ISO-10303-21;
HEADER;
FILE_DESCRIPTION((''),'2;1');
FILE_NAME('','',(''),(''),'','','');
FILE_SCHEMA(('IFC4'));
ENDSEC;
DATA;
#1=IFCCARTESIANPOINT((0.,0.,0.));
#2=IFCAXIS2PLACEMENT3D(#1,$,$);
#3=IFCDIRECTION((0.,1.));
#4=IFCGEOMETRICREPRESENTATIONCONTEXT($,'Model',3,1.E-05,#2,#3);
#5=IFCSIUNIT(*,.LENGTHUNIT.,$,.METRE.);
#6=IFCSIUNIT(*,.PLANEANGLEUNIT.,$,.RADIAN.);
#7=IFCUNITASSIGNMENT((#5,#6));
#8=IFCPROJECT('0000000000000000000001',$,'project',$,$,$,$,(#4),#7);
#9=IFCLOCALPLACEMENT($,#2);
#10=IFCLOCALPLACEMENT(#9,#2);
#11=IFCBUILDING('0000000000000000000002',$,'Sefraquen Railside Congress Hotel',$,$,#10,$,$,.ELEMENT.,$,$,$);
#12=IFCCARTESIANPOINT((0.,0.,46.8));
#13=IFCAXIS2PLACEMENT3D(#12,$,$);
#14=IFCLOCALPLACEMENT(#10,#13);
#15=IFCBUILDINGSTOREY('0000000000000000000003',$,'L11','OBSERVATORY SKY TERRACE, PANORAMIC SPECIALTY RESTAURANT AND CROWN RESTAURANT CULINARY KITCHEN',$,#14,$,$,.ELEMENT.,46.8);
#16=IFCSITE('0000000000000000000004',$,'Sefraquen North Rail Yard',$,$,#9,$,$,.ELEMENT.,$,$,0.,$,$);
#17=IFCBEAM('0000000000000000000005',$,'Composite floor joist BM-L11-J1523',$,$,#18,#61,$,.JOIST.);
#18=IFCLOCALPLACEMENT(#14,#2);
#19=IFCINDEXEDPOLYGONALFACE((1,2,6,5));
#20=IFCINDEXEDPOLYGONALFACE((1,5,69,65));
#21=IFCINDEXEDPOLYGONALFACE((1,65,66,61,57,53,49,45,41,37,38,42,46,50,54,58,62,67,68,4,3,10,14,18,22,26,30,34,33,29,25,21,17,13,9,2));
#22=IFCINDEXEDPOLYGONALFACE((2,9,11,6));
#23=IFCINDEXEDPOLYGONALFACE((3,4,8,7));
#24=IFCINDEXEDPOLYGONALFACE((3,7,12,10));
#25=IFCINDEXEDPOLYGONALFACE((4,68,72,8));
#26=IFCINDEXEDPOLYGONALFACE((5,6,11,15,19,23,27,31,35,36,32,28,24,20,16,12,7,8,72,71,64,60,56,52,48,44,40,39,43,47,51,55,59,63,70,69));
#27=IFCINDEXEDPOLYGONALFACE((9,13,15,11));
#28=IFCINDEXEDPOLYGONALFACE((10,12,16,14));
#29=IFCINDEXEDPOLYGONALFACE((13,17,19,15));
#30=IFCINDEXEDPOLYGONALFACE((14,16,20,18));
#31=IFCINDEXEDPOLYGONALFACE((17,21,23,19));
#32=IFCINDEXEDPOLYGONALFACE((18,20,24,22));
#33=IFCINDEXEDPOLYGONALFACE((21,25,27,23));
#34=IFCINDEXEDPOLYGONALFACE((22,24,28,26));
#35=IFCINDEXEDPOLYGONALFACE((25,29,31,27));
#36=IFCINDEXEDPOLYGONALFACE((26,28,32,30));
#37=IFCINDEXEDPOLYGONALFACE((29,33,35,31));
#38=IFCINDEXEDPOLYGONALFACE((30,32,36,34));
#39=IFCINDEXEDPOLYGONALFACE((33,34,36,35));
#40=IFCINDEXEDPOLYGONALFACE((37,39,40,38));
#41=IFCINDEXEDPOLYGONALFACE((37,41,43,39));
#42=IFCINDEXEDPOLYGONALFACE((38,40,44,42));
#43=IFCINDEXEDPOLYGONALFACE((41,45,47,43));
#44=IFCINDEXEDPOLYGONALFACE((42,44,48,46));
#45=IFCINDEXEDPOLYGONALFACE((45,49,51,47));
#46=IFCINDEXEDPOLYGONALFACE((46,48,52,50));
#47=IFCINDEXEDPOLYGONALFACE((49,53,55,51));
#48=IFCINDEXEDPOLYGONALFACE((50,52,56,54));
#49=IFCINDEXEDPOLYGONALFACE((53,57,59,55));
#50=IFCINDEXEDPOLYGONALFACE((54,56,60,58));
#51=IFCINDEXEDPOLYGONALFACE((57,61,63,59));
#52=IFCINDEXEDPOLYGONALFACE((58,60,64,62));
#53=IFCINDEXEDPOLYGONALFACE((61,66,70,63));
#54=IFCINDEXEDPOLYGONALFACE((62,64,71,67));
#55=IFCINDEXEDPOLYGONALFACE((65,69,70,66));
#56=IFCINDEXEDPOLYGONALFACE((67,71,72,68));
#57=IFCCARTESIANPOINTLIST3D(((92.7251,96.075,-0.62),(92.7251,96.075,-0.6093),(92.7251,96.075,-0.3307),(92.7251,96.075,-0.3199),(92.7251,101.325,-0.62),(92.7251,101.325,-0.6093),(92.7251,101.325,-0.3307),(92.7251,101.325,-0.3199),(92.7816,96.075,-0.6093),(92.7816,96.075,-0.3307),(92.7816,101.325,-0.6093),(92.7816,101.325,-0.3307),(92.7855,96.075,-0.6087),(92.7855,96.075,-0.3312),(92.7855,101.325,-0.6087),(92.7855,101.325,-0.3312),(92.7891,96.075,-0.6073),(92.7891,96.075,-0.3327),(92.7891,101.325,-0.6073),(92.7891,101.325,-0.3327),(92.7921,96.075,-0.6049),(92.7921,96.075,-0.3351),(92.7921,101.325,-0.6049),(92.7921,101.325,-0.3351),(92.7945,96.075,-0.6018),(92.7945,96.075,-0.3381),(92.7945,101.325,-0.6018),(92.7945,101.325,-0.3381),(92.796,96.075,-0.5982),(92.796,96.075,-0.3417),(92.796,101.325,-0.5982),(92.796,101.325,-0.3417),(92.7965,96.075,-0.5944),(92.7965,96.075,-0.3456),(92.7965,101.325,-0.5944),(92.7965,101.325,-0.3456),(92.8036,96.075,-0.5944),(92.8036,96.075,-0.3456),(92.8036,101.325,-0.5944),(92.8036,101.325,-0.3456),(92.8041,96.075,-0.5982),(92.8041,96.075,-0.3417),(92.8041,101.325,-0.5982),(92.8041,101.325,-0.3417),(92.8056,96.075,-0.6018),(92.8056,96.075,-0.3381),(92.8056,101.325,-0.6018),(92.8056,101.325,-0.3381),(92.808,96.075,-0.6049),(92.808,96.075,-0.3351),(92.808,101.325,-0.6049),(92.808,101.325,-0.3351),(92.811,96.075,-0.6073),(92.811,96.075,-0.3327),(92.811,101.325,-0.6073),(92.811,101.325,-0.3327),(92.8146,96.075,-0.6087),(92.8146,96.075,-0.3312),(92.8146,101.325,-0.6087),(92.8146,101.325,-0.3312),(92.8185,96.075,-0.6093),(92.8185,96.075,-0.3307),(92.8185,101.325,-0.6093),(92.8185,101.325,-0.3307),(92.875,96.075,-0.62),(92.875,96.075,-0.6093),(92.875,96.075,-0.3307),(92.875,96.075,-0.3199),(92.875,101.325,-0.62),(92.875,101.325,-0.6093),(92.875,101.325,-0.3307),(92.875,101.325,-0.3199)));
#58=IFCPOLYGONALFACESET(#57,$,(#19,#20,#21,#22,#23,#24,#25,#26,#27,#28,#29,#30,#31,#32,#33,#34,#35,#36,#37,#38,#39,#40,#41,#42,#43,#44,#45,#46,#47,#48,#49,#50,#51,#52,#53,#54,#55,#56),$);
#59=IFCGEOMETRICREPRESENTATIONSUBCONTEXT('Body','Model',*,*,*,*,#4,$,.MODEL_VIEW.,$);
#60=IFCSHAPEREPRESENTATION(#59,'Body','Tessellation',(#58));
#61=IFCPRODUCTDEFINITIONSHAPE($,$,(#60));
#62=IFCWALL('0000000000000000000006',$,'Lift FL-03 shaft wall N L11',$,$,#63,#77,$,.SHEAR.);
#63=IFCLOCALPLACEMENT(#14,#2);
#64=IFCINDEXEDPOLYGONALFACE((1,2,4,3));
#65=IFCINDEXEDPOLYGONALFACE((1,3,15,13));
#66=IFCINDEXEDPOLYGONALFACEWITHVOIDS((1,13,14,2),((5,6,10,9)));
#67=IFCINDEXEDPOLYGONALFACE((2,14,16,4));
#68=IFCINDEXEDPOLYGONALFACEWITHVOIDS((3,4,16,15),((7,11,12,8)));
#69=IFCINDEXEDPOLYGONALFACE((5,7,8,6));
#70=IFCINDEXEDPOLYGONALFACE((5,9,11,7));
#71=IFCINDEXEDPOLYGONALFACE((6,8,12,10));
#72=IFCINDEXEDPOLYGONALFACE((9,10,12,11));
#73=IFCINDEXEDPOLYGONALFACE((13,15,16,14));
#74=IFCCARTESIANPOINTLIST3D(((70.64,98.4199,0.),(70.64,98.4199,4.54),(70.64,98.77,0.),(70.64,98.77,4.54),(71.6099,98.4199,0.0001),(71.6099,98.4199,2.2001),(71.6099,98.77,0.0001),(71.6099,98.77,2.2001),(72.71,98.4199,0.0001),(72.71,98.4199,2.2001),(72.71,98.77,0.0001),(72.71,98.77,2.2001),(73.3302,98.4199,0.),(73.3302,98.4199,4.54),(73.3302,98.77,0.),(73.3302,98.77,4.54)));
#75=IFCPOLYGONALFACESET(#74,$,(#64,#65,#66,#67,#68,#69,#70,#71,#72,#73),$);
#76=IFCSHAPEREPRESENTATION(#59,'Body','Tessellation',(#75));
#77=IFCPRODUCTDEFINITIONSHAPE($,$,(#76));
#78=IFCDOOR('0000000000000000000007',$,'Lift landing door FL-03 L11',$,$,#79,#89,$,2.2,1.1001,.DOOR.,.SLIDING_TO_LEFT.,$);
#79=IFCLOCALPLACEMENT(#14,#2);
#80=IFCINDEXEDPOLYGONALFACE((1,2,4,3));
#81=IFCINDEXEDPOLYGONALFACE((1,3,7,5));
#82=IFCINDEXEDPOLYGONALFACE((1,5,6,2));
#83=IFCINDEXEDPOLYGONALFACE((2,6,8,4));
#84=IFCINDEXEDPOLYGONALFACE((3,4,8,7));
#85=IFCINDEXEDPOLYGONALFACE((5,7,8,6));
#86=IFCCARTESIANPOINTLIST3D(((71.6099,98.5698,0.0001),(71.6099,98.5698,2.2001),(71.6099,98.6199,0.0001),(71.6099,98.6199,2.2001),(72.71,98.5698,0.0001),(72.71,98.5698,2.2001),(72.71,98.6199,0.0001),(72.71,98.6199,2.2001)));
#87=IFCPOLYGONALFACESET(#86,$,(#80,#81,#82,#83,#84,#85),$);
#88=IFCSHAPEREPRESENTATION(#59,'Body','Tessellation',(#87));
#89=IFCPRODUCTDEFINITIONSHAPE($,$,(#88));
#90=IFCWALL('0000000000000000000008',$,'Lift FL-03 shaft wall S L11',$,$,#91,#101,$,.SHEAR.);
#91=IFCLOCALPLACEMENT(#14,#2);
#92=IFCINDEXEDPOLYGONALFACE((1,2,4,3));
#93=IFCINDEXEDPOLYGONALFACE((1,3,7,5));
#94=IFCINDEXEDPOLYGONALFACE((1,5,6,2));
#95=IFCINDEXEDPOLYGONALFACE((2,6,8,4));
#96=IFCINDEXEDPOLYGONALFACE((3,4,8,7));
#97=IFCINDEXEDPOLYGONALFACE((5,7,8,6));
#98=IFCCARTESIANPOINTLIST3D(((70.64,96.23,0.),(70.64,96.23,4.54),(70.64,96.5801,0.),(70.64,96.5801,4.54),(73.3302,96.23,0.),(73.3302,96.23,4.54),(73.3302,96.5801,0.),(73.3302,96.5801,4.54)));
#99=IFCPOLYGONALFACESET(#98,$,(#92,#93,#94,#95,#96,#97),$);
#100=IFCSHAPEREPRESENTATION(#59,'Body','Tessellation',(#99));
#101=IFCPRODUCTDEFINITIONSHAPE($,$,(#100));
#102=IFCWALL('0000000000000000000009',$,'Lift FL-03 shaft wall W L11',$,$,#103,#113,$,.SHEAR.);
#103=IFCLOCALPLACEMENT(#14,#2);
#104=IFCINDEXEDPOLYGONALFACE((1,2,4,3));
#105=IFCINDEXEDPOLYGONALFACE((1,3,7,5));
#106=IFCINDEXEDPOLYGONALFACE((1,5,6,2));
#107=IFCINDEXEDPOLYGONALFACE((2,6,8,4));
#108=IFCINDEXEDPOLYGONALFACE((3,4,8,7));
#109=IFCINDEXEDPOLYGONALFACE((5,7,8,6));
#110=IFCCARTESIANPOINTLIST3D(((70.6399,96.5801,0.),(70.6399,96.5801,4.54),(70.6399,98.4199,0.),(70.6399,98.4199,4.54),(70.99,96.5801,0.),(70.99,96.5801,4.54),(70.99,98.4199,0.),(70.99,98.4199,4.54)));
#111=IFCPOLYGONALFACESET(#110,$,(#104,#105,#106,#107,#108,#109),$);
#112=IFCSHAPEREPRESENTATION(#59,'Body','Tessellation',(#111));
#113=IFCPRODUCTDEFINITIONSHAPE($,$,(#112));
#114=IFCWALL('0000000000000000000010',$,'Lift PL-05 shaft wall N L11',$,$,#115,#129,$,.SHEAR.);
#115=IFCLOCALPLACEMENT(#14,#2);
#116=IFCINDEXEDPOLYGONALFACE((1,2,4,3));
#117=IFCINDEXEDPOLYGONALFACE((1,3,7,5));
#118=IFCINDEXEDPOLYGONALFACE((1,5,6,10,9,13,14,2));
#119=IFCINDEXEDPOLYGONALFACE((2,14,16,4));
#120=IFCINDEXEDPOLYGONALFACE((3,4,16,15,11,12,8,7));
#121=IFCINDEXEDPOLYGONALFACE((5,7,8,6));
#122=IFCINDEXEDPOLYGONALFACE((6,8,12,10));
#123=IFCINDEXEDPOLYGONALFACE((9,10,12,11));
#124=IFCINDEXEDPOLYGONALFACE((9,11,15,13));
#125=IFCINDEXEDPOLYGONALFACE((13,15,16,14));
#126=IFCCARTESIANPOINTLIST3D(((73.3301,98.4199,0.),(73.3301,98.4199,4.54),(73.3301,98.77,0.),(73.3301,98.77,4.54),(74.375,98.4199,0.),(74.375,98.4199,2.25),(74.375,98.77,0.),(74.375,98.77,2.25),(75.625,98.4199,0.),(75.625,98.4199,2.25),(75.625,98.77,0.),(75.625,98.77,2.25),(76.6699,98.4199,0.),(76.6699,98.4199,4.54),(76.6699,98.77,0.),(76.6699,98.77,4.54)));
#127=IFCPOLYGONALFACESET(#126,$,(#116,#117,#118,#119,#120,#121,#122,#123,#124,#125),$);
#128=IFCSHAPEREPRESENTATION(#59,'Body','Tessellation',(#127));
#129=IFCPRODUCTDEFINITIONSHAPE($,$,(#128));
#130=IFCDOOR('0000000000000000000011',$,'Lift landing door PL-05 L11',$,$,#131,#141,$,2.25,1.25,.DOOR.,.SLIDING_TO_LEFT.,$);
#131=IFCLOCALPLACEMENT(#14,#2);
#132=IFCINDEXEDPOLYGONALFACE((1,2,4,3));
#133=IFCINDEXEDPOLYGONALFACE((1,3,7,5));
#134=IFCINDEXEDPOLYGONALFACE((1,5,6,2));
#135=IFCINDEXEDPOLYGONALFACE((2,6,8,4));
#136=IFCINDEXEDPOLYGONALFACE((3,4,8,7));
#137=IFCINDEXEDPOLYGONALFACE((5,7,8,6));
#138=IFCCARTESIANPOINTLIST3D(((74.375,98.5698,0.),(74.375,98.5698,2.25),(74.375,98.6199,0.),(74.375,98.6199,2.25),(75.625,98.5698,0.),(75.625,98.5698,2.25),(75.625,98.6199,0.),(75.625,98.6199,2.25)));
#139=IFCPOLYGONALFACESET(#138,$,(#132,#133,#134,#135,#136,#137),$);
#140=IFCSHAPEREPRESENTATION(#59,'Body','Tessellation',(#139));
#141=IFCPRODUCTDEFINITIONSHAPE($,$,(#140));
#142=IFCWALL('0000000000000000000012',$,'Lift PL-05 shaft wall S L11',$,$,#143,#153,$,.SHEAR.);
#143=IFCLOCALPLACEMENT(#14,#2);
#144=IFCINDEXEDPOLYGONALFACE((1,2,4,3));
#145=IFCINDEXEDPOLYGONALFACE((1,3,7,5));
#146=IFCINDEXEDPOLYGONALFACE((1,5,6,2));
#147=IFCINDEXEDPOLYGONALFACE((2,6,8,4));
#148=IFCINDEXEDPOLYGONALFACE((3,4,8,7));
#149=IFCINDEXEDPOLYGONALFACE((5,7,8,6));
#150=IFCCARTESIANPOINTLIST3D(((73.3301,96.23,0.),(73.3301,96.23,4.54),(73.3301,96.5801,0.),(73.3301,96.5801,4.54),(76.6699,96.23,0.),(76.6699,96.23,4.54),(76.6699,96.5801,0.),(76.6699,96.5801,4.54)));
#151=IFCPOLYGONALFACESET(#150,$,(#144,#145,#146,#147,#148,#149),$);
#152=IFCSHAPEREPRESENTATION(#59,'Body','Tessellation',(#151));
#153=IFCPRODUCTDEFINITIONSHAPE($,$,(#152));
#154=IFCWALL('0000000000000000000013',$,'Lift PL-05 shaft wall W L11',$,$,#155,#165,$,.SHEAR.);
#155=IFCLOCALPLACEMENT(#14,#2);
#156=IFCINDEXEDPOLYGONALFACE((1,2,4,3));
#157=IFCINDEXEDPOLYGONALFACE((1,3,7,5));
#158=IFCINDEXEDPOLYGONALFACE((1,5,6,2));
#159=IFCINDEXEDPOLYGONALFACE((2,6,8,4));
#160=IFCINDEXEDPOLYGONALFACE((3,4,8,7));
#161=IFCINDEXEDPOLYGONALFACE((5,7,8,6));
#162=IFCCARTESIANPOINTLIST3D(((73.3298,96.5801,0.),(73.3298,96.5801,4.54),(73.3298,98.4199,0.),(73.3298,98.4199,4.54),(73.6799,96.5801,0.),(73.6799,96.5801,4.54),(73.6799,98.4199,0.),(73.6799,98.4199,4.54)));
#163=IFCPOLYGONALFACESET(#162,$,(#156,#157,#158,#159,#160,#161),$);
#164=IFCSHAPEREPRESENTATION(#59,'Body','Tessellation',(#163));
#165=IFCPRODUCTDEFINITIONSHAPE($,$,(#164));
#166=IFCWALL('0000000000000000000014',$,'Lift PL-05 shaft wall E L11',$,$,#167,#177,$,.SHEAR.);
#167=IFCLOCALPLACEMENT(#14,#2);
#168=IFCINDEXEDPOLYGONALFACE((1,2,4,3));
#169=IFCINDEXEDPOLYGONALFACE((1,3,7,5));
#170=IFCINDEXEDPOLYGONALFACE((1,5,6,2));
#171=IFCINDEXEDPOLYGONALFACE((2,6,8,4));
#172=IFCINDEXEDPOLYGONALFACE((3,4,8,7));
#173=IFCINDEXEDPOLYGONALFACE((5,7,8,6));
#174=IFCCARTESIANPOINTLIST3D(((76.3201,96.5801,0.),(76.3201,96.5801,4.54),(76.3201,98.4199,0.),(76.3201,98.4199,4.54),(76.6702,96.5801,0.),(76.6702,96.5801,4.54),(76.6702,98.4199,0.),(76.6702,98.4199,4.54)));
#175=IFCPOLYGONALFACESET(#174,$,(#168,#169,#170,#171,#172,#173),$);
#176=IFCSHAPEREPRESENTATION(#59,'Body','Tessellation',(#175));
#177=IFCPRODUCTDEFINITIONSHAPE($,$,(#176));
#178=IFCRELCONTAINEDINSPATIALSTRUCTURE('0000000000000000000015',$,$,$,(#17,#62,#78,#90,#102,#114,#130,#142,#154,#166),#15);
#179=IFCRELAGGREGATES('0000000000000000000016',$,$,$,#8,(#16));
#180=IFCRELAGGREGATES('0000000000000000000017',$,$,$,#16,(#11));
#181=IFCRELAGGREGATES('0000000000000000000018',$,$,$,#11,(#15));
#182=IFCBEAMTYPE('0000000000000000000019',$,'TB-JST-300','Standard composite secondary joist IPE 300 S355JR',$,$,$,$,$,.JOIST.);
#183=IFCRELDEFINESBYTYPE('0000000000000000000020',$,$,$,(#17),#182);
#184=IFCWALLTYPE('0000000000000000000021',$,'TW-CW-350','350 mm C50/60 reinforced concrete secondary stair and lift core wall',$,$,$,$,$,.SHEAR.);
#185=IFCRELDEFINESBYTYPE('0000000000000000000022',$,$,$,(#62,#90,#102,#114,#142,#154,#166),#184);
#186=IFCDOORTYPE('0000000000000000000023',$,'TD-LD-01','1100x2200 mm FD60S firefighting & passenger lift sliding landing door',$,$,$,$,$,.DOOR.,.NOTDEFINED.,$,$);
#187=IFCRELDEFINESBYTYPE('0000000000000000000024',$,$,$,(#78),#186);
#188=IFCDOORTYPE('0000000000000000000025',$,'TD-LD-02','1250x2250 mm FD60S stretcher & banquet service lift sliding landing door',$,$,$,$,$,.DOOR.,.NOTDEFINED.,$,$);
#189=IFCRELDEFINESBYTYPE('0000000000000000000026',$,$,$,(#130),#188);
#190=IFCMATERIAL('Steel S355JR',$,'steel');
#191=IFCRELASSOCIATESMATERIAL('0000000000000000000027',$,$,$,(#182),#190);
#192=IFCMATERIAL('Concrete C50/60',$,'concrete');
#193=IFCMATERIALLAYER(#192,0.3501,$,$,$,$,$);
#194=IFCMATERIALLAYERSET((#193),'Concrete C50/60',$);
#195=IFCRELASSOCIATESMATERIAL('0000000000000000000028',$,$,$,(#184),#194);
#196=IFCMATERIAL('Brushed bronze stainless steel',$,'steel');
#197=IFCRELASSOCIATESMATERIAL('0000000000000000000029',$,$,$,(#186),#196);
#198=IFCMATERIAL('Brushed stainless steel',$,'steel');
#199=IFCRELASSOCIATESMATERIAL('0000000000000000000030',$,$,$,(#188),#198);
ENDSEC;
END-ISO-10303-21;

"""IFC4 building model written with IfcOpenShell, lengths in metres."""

from ifc_helpers import new_model, si_unit, direction, frame, frame_2d, origin, origin_2d, place, context, subcontext, project, spatial, rectangle, i_section, extrude, material, layer, layer_set, material_profile, profile_set, type_object, element, fill, save


model = new_model("IFC4")

# Units and contexts
model_context = context("Model", 3, precision=1e-05, world=origin(), true_north=direction((0.0, 1.0)))
body_context = subcontext(model_context, "Body", "Model", "MODEL_VIEW")
ifc_project = project(units=[si_unit("LENGTHUNIT", "METRE"), si_unit("PLANEANGLEUNIT", "RADIAN")], contexts=[model_context])

# Site, building, storey
site_placement = place(None, origin())
site = spatial("IfcSite", under=ifc_project, at=site_placement, Name="Sefraquen North Rail Yard", CompositionType="ELEMENT", RefElevation=0.0)
building_placement = place(site_placement, origin())
building = spatial("IfcBuilding", under=site, at=building_placement, Name="Sefraquen Railside Congress Hotel", CompositionType="ELEMENT")
storey_placement = place(building_placement, frame((0.0, 0.0, 46.8)))
storey = spatial("IfcBuildingStorey", under=building, at=storey_placement, Name="L11", Description="OBSERVATORY SKY TERRACE, PANORAMIC SPECIALTY RESTAURANT AND CROWN RESTAURANT CULINARY KITCHEN", CompositionType="ELEMENT", Elevation=46.8)

# Shared definitions
ifc_material_1 = material(Name="Steel S355JR", Category="steel")

# Beam
ifc_material_profile_1 = material_profile(ifc_material_1, i_section(OverallWidth=0.1499, OverallDepth=0.3, WebThickness=0.0071, FlangeThickness=0.0107, FilletRadius=0.0149, at=origin_2d()), Name="IPE 300")
ifc_profile_set_1 = profile_set([ifc_material_profile_1], Name="Steel S355JR")
beam_type_1 = type_object("IfcBeamType", Name="TB-JST-300", Description="Standard composite secondary joist IPE 300 S355JR", PredefinedType="JOIST", material=ifc_profile_set_1)
for number, where, z_axis, x_axis, name in (
    (1, (92.8, 96.075, -0.47), (0.0, 1.0, 0.0), (-1.0, 0.0, 0.0), "Composite floor joist BM-L11-J1523"),
):
    element("IfcBeam", number, at=place(storey_placement, frame(where, z_axis=z_axis, x_axis=x_axis)), inside=storey, type_object=beam_type_1, Name=name, PredefinedType="JOIST", context=body_context, shape_type="SweptSolid", body=[
        extrude(i_section(OverallWidth=0.1499, OverallDepth=0.3, WebThickness=0.0071, FlangeThickness=0.0107, FilletRadius=0.0149, at=origin_2d()), origin(), (0.0, 0.0, 1.0), 5.25),
    ])

# Wall, opening, door
ifc_material_2 = material(Name="Concrete C50/60", Category="concrete")
ifc_layer_1 = layer(ifc_material_2, 0.3501)
ifc_layer_set_1 = layer_set([ifc_layer_1], Name="Concrete C50/60")
wall_type_1 = type_object("IfcWallType", Name="TW-CW-350", Description="350 mm C50/60 reinforced concrete secondary stair and lift core wall", PredefinedType="SHEAR", material=ifc_layer_set_1)
wall_1_placement = place(storey_placement, frame((70.6399, 98.595, 0.0), z_axis=(0.0, 0.0, 1.0), x_axis=(1.0, 0.0, 0.0)))
wall_1 = element("IfcWall", 2, at=wall_1_placement, inside=storey, type_object=wall_type_1, Name="Lift FL-03 shaft wall N L11", PredefinedType="SHEAR", context=body_context, shape_type="SweptSolid", body=[
    extrude(rectangle(XDim=2.6902, YDim=0.3501, at=frame_2d((1.3452, 0.0))), origin(), (0.0, 0.0, 1.0), 4.54),
])
opening_1_placement = place(wall_1_placement, frame((0.97, 0.0, 0.0)))
opening_1 = element("IfcOpeningElement", 3, at=opening_1_placement, cuts=wall_1, PredefinedType="OPENING", context=body_context, shape_type="SweptSolid", body=[
    extrude(rectangle(XDim=1.1001, YDim=2.2, at=frame_2d((0.55, 1.1001))), frame((0.0, 0.1851, 0.0), z_axis=(0.0, -1.0, 0.0), x_axis=(1.0, 0.0, 0.0)), (0.0, 0.0, 1.0), 0.3701),
])
ifc_material_3 = material(Name="Brushed bronze stainless steel", Category="steel")
door_type_1 = type_object("IfcDoorType", Name="TD-LD-01", Description="1100x2200 mm FD60S firefighting & passenger lift sliding landing door", OperationType="NOTDEFINED", PredefinedType="DOOR", material=ifc_material_3)
door_1_placement = place(opening_1_placement, origin())
door_1 = element("IfcDoor", 4, at=door_1_placement, inside=storey, type_object=door_type_1, Name="Lift landing door FL-03 L11", OperationType="SLIDING_TO_LEFT", OverallHeight=2.2, OverallWidth=1.1001, PredefinedType="DOOR", context=body_context, shape_type="SweptSolid", body=[
    extrude(rectangle(XDim=1.1001, YDim=2.2, at=frame_2d((0.55, 1.1001))), frame((0.0, 0.0249, 0.0), z_axis=(0.0, -1.0, 0.0), x_axis=(1.0, 0.0, 0.0)), (0.0, 0.0, 1.0), 0.05),
])
fill(opening_1, door_1)

# Walls
wall_2_placement = place(storey_placement, frame((70.6399, 96.405, 0.0), z_axis=(0.0, 0.0, 1.0), x_axis=(1.0, 0.0, 0.0)))
element("IfcWall", 5, at=wall_2_placement, inside=storey, type_object=wall_type_1, Name="Lift FL-03 shaft wall S L11", PredefinedType="SHEAR", context=body_context, shape_type="SweptSolid", body=[
    extrude(rectangle(XDim=2.6902, YDim=0.3501, at=frame_2d((1.3452, 0.0))), origin(), (0.0, 0.0, 1.0), 4.54),
])
wall_3_placement = place(storey_placement, frame((70.8149, 96.5801, 0.0), z_axis=(0.0, 0.0, 1.0), x_axis=(0.0, 1.0, 0.0)))
element("IfcWall", 6, at=wall_3_placement, inside=storey, type_object=wall_type_1, Name="Lift FL-03 shaft wall W L11", PredefinedType="SHEAR", context=body_context, shape_type="SweptSolid", body=[
    extrude(rectangle(XDim=1.8398, YDim=0.3501, at=frame_2d((0.9199, 0.0))), origin(), (0.0, 0.0, 1.0), 4.54),
])

# Wall, opening, door
wall_4_placement = place(storey_placement, frame((73.3301, 98.595, 0.0), z_axis=(0.0, 0.0, 1.0), x_axis=(1.0, 0.0, 0.0)))
wall_4 = element("IfcWall", 7, at=wall_4_placement, inside=storey, type_object=wall_type_1, Name="Lift PL-05 shaft wall N L11", PredefinedType="SHEAR", context=body_context, shape_type="SweptSolid", body=[
    extrude(rectangle(XDim=3.3398, YDim=0.3501, at=frame_2d((1.6699, 0.0))), origin(), (0.0, 0.0, 1.0), 4.54),
])
opening_2_placement = place(wall_4_placement, frame((1.0449, 0.0, 0.0)))
opening_2 = element("IfcOpeningElement", 8, at=opening_2_placement, cuts=wall_4, PredefinedType="OPENING", context=body_context, shape_type="SweptSolid", body=[
    extrude(rectangle(XDim=1.25, YDim=2.25, at=frame_2d((0.625, 1.125))), frame((0.0, 0.1851, 0.0), z_axis=(0.0, -1.0, 0.0), x_axis=(1.0, 0.0, 0.0)), (0.0, 0.0, 1.0), 0.3701),
])
ifc_material_4 = material(Name="Brushed stainless steel", Category="steel")
door_type_2 = type_object("IfcDoorType", Name="TD-LD-02", Description="1250x2250 mm FD60S stretcher & banquet service lift sliding landing door", OperationType="NOTDEFINED", PredefinedType="DOOR", material=ifc_material_4)
door_2_placement = place(opening_2_placement, origin())
door_2 = element("IfcDoor", 9, at=door_2_placement, inside=storey, type_object=door_type_2, Name="Lift landing door PL-05 L11", OperationType="SLIDING_TO_LEFT", OverallHeight=2.25, OverallWidth=1.25, PredefinedType="DOOR", context=body_context, shape_type="SweptSolid", body=[
    extrude(rectangle(XDim=1.25, YDim=2.25, at=frame_2d((0.625, 1.125))), frame((0.0, 0.0249, 0.0), z_axis=(0.0, -1.0, 0.0), x_axis=(1.0, 0.0, 0.0)), (0.0, 0.0, 1.0), 0.05),
])
fill(opening_2, door_2)

# Walls
wall_5_placement = place(storey_placement, frame((73.3301, 96.405, 0.0), z_axis=(0.0, 0.0, 1.0), x_axis=(1.0, 0.0, 0.0)))
element("IfcWall", 10, at=wall_5_placement, inside=storey, type_object=wall_type_1, Name="Lift PL-05 shaft wall S L11", PredefinedType="SHEAR", context=body_context, shape_type="SweptSolid", body=[
    extrude(rectangle(XDim=3.3398, YDim=0.3501, at=frame_2d((1.6699, 0.0))), origin(), (0.0, 0.0, 1.0), 4.54),
])
for number, where, z_axis, x_axis, name in (
    (11, (73.5049, 96.5801, 0.0), (0.0, 0.0, 1.0), (0.0, 1.0, 0.0), "Lift PL-05 shaft wall W L11"),
    (12, (76.4951, 96.5801, 0.0), (0.0, 0.0, 1.0), (0.0, 1.0, 0.0), "Lift PL-05 shaft wall E L11"),
):
    element("IfcWall", number, at=place(storey_placement, frame(where, z_axis=z_axis, x_axis=x_axis)), inside=storey, type_object=wall_type_1, Name=name, PredefinedType="SHEAR", context=body_context, shape_type="SweptSolid", body=[
        extrude(rectangle(XDim=1.8398, YDim=0.3501, at=frame_2d((0.9199, 0.0))), origin(), (0.0, 0.0, 1.0), 4.54),
    ])

save(model, "model.ifc")
